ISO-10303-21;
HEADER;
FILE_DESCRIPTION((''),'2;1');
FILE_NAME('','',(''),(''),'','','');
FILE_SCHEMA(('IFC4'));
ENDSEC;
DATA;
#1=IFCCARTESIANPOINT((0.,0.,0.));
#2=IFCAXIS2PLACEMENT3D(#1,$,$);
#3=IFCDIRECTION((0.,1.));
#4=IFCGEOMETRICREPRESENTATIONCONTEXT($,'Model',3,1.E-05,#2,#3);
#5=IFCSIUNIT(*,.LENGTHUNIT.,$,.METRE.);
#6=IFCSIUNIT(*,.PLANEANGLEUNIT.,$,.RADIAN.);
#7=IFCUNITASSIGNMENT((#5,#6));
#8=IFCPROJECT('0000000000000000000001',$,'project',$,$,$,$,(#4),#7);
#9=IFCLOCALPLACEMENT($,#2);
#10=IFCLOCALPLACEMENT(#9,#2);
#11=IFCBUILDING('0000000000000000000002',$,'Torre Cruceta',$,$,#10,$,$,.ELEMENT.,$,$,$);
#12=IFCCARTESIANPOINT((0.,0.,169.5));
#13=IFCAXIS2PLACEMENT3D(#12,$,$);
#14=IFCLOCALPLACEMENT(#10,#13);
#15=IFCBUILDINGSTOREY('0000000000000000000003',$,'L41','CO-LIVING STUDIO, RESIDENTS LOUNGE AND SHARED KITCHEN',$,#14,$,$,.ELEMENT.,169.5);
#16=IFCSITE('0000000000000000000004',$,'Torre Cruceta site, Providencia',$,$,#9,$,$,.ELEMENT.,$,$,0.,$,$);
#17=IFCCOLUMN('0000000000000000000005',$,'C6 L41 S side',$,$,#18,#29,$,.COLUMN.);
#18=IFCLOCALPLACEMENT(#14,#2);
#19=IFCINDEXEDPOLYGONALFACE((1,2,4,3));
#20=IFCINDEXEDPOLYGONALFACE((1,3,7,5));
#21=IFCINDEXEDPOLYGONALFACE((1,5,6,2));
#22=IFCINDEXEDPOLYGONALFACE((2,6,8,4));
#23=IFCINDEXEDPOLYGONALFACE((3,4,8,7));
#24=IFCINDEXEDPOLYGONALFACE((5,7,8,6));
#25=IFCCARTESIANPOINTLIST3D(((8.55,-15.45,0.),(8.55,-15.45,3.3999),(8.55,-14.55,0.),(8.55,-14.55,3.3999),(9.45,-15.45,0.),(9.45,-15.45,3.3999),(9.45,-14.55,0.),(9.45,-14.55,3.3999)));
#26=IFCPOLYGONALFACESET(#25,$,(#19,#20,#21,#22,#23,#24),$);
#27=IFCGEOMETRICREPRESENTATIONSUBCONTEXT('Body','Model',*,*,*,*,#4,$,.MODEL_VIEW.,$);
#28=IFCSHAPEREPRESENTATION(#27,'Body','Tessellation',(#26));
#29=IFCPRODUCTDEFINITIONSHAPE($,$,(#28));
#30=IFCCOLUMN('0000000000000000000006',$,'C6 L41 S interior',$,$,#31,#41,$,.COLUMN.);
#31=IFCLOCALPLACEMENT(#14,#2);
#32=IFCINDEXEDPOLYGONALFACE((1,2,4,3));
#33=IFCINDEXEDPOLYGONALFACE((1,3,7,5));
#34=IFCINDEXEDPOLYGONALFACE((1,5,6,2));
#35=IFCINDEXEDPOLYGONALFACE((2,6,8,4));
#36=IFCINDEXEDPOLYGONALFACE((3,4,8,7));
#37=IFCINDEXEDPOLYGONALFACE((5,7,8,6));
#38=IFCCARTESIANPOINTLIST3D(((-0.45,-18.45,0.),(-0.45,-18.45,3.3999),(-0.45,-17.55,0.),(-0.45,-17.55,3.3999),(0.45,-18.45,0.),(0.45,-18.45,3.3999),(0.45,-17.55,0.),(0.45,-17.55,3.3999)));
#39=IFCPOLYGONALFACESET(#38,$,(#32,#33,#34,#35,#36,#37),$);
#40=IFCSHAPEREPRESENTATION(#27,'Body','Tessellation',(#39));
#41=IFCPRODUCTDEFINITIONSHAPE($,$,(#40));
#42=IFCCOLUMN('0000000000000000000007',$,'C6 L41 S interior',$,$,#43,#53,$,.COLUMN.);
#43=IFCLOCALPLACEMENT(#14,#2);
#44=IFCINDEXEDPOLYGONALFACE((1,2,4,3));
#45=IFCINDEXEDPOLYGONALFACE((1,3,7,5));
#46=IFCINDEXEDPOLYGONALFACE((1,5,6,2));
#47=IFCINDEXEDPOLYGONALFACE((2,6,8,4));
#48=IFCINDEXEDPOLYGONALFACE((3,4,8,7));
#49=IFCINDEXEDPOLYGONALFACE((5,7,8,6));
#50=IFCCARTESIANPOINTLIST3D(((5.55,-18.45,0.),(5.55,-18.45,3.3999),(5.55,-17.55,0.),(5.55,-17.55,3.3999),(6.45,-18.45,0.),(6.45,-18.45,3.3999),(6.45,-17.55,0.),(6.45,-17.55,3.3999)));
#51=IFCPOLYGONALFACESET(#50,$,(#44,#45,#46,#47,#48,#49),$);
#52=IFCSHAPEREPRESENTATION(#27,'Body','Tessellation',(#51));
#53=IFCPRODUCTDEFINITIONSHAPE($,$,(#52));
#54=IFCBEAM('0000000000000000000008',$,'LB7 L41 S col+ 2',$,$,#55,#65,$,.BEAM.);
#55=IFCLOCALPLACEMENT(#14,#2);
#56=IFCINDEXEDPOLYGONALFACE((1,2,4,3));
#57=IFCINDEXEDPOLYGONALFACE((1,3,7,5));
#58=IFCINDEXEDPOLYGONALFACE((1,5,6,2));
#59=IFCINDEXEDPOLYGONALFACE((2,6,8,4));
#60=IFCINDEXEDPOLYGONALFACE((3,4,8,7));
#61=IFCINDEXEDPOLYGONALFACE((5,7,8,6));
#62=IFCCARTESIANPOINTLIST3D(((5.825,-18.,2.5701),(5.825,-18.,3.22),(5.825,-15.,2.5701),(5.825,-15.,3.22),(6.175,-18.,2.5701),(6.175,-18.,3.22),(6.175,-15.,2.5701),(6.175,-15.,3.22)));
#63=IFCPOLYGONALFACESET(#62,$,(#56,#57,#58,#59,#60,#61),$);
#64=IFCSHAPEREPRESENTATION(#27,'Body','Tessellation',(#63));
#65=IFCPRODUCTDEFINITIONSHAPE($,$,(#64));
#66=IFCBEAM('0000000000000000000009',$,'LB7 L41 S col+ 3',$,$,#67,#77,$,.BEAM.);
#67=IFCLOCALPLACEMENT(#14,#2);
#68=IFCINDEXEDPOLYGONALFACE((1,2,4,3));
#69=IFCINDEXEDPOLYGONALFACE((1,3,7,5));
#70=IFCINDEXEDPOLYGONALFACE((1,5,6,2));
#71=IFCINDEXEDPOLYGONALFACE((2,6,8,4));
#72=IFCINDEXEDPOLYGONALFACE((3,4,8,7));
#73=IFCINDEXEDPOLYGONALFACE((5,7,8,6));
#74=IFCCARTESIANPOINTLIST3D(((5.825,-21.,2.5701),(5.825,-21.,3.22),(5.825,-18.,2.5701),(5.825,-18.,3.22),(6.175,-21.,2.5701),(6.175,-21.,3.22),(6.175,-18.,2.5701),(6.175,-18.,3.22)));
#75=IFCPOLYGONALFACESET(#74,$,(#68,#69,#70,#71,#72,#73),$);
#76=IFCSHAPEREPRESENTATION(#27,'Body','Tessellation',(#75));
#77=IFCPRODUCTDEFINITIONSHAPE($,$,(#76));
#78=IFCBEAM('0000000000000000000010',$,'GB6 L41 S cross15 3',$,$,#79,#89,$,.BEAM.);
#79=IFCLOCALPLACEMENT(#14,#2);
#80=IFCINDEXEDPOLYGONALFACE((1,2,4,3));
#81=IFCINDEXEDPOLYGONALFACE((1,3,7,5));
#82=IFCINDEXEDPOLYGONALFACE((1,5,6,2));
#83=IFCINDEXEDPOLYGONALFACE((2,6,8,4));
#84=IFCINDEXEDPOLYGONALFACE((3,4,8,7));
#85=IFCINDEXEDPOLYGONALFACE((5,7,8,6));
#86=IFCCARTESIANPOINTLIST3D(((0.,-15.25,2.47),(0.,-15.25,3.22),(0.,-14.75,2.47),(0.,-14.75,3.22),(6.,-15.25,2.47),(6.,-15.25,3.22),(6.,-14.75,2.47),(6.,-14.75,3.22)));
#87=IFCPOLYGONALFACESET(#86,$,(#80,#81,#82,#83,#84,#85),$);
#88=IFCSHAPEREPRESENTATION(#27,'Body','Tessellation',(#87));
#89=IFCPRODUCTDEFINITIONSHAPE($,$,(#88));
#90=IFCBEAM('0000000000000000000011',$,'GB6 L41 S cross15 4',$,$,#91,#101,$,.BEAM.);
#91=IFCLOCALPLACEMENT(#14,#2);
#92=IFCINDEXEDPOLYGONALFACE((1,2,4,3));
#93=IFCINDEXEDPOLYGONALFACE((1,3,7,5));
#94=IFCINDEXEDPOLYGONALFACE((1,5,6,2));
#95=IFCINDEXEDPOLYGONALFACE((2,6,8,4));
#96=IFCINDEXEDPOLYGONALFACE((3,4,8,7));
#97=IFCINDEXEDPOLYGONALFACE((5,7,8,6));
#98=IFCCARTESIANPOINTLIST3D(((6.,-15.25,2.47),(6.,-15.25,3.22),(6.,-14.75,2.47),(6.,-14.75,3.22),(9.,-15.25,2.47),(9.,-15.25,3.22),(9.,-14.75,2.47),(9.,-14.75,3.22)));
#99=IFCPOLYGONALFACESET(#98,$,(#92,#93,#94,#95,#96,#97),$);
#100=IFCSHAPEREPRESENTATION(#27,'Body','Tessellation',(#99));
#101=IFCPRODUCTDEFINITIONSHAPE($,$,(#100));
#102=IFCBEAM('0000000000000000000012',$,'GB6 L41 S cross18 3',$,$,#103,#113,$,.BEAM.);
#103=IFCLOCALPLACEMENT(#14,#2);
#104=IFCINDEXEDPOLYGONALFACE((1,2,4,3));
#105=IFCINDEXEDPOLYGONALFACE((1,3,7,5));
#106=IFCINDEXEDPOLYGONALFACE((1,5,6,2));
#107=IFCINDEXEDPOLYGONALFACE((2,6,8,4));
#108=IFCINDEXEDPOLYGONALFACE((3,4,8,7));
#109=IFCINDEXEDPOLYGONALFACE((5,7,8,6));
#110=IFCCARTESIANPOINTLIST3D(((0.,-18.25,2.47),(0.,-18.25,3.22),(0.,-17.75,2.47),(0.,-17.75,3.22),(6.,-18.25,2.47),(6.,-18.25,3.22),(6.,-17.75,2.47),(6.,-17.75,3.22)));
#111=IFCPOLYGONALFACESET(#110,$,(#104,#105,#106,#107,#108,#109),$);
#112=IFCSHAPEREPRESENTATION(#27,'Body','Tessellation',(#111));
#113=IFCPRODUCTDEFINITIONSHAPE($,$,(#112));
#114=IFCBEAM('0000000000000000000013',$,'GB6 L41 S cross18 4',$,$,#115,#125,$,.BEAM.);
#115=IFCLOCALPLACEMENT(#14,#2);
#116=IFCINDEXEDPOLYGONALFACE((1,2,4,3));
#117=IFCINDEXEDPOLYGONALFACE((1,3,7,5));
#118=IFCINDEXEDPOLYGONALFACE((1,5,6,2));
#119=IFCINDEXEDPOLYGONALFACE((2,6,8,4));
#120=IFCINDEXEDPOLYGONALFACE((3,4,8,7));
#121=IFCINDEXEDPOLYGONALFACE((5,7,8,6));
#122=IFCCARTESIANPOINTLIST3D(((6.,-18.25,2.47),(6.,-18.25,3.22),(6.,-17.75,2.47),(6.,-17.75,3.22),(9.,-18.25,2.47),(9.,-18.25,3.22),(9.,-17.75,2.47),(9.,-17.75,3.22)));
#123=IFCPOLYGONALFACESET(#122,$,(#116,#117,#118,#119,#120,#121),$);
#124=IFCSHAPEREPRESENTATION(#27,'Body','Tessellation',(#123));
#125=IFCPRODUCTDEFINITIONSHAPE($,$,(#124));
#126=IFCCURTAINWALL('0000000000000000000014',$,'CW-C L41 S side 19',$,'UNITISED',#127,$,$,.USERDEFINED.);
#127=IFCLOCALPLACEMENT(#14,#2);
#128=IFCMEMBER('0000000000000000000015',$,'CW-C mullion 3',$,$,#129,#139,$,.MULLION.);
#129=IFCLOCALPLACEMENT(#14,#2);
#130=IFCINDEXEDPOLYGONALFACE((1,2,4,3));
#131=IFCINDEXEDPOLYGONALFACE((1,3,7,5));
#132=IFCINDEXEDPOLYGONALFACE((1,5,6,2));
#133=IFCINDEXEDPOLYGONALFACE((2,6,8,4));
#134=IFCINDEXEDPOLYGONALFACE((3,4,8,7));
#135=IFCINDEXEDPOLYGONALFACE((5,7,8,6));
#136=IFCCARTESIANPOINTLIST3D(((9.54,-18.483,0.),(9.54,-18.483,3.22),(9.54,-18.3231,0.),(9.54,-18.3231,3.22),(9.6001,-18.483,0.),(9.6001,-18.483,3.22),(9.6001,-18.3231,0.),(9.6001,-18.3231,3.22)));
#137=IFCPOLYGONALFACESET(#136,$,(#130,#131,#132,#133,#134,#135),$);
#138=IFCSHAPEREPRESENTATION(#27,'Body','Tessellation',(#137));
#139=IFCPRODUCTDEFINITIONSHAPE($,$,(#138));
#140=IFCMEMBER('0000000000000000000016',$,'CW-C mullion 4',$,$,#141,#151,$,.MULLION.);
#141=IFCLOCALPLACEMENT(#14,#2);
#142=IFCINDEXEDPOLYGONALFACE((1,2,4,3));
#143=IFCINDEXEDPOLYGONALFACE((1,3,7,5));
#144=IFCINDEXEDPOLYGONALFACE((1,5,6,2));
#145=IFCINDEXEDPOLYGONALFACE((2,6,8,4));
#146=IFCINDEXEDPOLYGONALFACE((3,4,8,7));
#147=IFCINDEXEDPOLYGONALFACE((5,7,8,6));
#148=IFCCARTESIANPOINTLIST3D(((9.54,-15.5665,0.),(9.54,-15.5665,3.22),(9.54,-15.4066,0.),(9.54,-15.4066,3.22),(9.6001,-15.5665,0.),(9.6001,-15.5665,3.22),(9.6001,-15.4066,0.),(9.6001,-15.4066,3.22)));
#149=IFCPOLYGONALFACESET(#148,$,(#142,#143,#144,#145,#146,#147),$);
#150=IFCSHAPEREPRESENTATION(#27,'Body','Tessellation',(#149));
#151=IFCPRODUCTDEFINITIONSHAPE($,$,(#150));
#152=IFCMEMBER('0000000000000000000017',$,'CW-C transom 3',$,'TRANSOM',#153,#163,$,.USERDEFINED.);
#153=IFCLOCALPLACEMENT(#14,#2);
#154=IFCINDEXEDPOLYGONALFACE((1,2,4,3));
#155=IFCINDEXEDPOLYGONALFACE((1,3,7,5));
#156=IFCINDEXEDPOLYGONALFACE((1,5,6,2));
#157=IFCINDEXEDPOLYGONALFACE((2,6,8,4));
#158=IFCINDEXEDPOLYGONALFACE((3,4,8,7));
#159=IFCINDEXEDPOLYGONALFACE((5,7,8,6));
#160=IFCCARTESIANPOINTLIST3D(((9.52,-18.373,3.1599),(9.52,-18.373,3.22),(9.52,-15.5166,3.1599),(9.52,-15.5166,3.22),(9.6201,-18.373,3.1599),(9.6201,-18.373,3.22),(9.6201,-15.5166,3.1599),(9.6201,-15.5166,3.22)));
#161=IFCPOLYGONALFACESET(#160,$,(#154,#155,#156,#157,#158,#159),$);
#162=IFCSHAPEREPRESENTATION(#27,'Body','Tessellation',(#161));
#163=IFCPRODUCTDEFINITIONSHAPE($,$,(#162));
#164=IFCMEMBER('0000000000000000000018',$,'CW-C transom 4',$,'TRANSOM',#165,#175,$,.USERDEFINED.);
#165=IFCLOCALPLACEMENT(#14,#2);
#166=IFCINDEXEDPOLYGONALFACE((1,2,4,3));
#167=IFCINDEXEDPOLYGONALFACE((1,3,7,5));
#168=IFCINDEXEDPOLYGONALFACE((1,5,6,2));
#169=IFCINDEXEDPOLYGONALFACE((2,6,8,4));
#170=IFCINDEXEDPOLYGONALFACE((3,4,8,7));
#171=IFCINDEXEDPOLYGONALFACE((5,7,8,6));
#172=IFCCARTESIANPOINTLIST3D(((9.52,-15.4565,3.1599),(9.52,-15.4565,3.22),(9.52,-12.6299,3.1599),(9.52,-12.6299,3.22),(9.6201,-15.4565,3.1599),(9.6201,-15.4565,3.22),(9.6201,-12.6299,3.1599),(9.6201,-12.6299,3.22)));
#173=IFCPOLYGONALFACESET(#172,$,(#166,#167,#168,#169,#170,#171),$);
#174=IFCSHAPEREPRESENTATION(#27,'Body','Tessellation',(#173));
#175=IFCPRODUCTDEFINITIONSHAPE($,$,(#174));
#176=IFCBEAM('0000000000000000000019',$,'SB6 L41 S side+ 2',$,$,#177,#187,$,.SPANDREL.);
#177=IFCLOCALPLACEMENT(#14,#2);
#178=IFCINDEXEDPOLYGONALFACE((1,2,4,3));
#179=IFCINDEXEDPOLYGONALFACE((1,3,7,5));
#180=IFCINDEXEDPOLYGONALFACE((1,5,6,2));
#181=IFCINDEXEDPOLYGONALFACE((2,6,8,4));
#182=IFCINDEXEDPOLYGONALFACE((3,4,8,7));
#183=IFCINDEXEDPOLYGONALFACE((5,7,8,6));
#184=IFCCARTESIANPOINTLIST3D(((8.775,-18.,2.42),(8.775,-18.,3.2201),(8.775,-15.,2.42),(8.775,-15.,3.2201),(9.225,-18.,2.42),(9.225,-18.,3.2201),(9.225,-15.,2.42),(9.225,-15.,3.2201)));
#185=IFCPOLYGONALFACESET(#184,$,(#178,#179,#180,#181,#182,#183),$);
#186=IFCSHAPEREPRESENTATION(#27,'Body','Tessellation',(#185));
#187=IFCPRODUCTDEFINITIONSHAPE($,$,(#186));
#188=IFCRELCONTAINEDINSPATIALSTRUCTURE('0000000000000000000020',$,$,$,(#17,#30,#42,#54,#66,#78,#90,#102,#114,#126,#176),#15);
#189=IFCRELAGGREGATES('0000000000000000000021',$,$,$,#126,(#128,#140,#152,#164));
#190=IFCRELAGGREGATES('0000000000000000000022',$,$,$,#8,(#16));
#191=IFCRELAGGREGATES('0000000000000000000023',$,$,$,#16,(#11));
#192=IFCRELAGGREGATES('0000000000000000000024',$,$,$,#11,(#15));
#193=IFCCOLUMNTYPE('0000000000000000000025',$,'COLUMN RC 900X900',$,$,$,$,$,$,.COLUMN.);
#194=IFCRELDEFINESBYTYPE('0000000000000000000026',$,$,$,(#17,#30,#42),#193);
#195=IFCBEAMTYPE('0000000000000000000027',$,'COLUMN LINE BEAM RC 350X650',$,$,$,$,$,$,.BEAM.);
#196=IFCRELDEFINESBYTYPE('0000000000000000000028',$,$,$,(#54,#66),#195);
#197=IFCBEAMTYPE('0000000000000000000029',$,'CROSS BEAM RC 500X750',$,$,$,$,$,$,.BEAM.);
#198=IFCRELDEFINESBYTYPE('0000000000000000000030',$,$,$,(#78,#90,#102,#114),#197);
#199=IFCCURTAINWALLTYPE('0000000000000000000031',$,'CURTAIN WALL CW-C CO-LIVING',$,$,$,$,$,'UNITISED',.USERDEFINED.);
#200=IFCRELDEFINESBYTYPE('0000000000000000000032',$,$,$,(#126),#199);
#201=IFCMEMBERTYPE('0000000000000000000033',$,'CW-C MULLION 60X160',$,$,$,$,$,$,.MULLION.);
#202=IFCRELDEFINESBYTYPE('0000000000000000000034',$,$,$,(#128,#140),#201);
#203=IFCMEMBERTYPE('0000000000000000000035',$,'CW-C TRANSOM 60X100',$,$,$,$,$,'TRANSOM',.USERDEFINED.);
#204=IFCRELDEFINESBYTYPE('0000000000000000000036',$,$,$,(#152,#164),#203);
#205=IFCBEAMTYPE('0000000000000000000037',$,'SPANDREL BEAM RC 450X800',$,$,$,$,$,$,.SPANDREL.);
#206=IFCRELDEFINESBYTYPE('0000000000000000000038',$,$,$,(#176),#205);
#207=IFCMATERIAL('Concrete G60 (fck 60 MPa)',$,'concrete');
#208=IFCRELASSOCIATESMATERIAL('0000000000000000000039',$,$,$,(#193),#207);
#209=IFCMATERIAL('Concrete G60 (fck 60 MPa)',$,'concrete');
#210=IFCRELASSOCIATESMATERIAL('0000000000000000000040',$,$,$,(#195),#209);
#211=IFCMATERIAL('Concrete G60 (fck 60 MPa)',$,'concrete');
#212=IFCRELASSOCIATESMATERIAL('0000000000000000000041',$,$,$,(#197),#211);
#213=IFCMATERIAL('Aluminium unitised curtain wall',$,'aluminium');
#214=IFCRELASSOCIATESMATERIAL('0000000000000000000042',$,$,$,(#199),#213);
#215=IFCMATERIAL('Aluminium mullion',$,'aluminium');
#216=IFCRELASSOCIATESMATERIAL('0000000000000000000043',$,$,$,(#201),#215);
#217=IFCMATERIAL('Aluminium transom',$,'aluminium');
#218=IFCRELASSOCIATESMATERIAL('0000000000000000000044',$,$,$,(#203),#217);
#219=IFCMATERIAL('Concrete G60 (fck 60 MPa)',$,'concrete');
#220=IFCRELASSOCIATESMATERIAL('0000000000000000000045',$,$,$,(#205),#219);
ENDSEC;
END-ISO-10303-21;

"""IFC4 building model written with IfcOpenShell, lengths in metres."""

from ifc_helpers import new_model, si_unit, direction, frame, origin, origin_2d, place, context, subcontext, project, spatial, rectangle, extrude, material, material_profile, profile_set, type_object, element, aggregate, save


model = new_model("IFC4")

# Units and contexts
model_context = context("Model", 3, precision=1e-05, world=origin(), true_north=direction((0.0, 1.0)))
body_context = subcontext(model_context, "Body", "Model", "MODEL_VIEW")
ifc_project = project(units=[si_unit("LENGTHUNIT", "METRE"), si_unit("PLANEANGLEUNIT", "RADIAN")], contexts=[model_context])

# Site, building, storey
site_placement = place(None, origin())
site = spatial("IfcSite", under=ifc_project, at=site_placement, Name="Torre Cruceta site, Providencia", CompositionType="ELEMENT", RefElevation=0.0)
building_placement = place(site_placement, origin())
building = spatial("IfcBuilding", under=site, at=building_placement, Name="Torre Cruceta", CompositionType="ELEMENT")
storey_placement = place(building_placement, frame((0.0, 0.0, 169.5)))
storey = spatial("IfcBuildingStorey", under=building, at=storey_placement, Name="L41", Description="CO-LIVING STUDIO, RESIDENTS LOUNGE AND SHARED KITCHEN", CompositionType="ELEMENT", Elevation=169.5)

# Columns
ifc_material_1 = material(Name="Concrete G60 (fck 60 MPa)", Category="concrete")
ifc_material_profile_1 = material_profile(ifc_material_1, rectangle(XDim=0.8999, YDim=0.8999, at=origin_2d()), Name="RC 900X900")
ifc_profile_set_1 = profile_set([ifc_material_profile_1], Name="Concrete G60 (fck 60 MPa)")
column_type = type_object("IfcColumnType", Name="COLUMN RC 900X900", PredefinedType="COLUMN", material=ifc_profile_set_1)
for number, where, z_axis, x_axis, name in (
    (1, (9.0, -15.0, 0.0), (0.0, 0.0, 1.0), (1.0, 0.0, 0.0), "C6 L41 S side"),
    (2, (0.0, -18.0, 0.0), (0.0, 0.0, 1.0), (1.0, 0.0, 0.0), "C6 L41 S interior"),
    (3, (6.0, -18.0, 0.0), (0.0, 0.0, 1.0), (1.0, 0.0, 0.0), "C6 L41 S interior"),
):
    element("IfcColumn", number, at=place(storey_placement, frame(where, z_axis=z_axis, x_axis=x_axis)), inside=storey, type_object=column_type, Name=name, PredefinedType="COLUMN", context=body_context, shape_type="SweptSolid", body=[
        extrude(rectangle(XDim=0.8999, YDim=0.8999, at=origin_2d()), origin(), (0.0, 0.0, 1.0), 3.3999),
    ])

# Beams
ifc_material_2 = material(Name="Concrete G60 (fck 60 MPa)", Category="concrete")
ifc_material_profile_2 = material_profile(ifc_material_2, rectangle(XDim=0.3501, YDim=0.6499, at=origin_2d()), Name="RC 350X650")
ifc_profile_set_2 = profile_set([ifc_material_profile_2], Name="Concrete G60 (fck 60 MPa)")
beam_type_1 = type_object("IfcBeamType", Name="COLUMN LINE BEAM RC 350X650", PredefinedType="BEAM", material=ifc_profile_set_2)
for number, where, z_axis, x_axis, name in (
    (4, (6.0, -15.0, 2.895), (0.0, -1.0, 0.0), (1.0, 0.0, 0.0), "LB7 L41 S col+ 2"),
    (5, (6.0, -18.0, 2.895), (0.0, -1.0, 0.0), (1.0, 0.0, 0.0), "LB7 L41 S col+ 3"),
):
    element("IfcBeam", number, at=place(storey_placement, frame(where, z_axis=z_axis, x_axis=x_axis)), inside=storey, type_object=beam_type_1, Name=name, PredefinedType="BEAM", context=body_context, shape_type="SweptSolid", body=[
        extrude(rectangle(XDim=0.3501, YDim=0.6499, at=origin_2d()), origin(), (0.0, 0.0, 1.0), 3.0),
    ])
ifc_material_3 = material(Name="Concrete G60 (fck 60 MPa)", Category="concrete")
ifc_material_profile_3 = material_profile(ifc_material_3, rectangle(XDim=0.5, YDim=0.75, at=origin_2d()), Name="RC 500X750")
ifc_profile_set_3 = profile_set([ifc_material_profile_3], Name="Concrete G60 (fck 60 MPa)")
beam_type_2 = type_object("IfcBeamType", Name="CROSS BEAM RC 500X750", PredefinedType="BEAM", material=ifc_profile_set_3)
beam_1_placement = place(storey_placement, frame((0.0, -15.0, 2.845), z_axis=(1.0, 0.0, 0.0), x_axis=(0.0, 1.0, 0.0)))
element("IfcBeam", 6, at=beam_1_placement, inside=storey, type_object=beam_type_2, Name="GB6 L41 S cross15 3", PredefinedType="BEAM", context=body_context, shape_type="SweptSolid", body=[
    extrude(rectangle(XDim=0.5, YDim=0.75, at=origin_2d()), origin(), (0.0, 0.0, 1.0), 6.0),
])
beam_2_placement = place(storey_placement, frame((6.0, -15.0, 2.845), z_axis=(1.0, 0.0, 0.0), x_axis=(0.0, 1.0, 0.0)))
element("IfcBeam", 7, at=beam_2_placement, inside=storey, type_object=beam_type_2, Name="GB6 L41 S cross15 4", PredefinedType="BEAM", context=body_context, shape_type="SweptSolid", body=[
    extrude(rectangle(XDim=0.5, YDim=0.75, at=origin_2d()), origin(), (0.0, 0.0, 1.0), 3.0),
])
beam_3_placement = place(storey_placement, frame((0.0, -18.0, 2.845), z_axis=(1.0, 0.0, 0.0), x_axis=(0.0, 1.0, 0.0)))
element("IfcBeam", 8, at=beam_3_placement, inside=storey, type_object=beam_type_2, Name="GB6 L41 S cross18 3", PredefinedType="BEAM", context=body_context, shape_type="SweptSolid", body=[
    extrude(rectangle(XDim=0.5, YDim=0.75, at=origin_2d()), origin(), (0.0, 0.0, 1.0), 6.0),
])
beam_4_placement = place(storey_placement, frame((6.0, -18.0, 2.845), z_axis=(1.0, 0.0, 0.0), x_axis=(0.0, 1.0, 0.0)))
element("IfcBeam", 9, at=beam_4_placement, inside=storey, type_object=beam_type_2, Name="GB6 L41 S cross18 4", PredefinedType="BEAM", context=body_context, shape_type="SweptSolid", body=[
    extrude(rectangle(XDim=0.5, YDim=0.75, at=origin_2d()), origin(), (0.0, 0.0, 1.0), 3.0),
])

# Curtain wall, members
ifc_material_4 = material(Name="Aluminium unitised curtain wall", Category="aluminium")
curtain_wall_type = type_object("IfcCurtainWallType", Name="CURTAIN WALL CW-C CO-LIVING", ElementType="UNITISED", PredefinedType="USERDEFINED", material=ifc_material_4)
curtain_wall_placement = place(storey_placement, origin())
curtain_wall = element("IfcCurtainWall", 10, at=curtain_wall_placement, inside=storey, type_object=curtain_wall_type, Name="CW-C L41 S side 19", ObjectType="UNITISED", PredefinedType="USERDEFINED")
ifc_material_5 = material(Name="Aluminium mullion", Category="aluminium")
ifc_material_profile_4 = material_profile(ifc_material_5, rectangle(XDim=0.0601, YDim=0.1599, at=origin_2d()), Name="AL 60X160")
ifc_profile_set_4 = profile_set([ifc_material_profile_4], Name="Aluminium mullion")
member_type_1 = type_object("IfcMemberType", Name="CW-C MULLION 60X160", PredefinedType="MULLION", material=ifc_profile_set_4)
member_1_placement = place(storey_placement, frame((9.5701, -18.4031, 0.0), z_axis=(0.0, 0.0, 1.0), x_axis=(-1.0, 0.0, 0.0)))
member_1 = element("IfcMember", 11, at=member_1_placement, type_object=member_type_1, Name="CW-C mullion 3", PredefinedType="MULLION", context=body_context, shape_type="SweptSolid", body=[
    extrude(rectangle(XDim=0.0601, YDim=0.1599, at=origin_2d()), origin(), (0.0, 0.0, 1.0), 3.22),
])
member_2_placement = place(storey_placement, frame((9.5701, -15.4866, 0.0), z_axis=(0.0, 0.0, 1.0), x_axis=(-1.0, 0.0, 0.0)))
member_2 = element("IfcMember", 12, at=member_2_placement, type_object=member_type_1, Name="CW-C mullion 4", PredefinedType="MULLION", context=body_context, shape_type="SweptSolid", body=[
    extrude(rectangle(XDim=0.0601, YDim=0.1599, at=origin_2d()), origin(), (0.0, 0.0, 1.0), 3.22),
])
ifc_material_6 = material(Name="Aluminium transom", Category="aluminium")
ifc_material_profile_5 = material_profile(ifc_material_6, rectangle(XDim=0.1001, YDim=0.0601, at=origin_2d()), Name="AL 100X60")
ifc_profile_set_5 = profile_set([ifc_material_profile_5], Name="Aluminium transom")
member_type_2 = type_object("IfcMemberType", Name="CW-C TRANSOM 60X100", ElementType="TRANSOM", PredefinedType="USERDEFINED", material=ifc_profile_set_5)
member_3_placement = place(storey_placement, frame((9.5701, -18.373, 3.1899), z_axis=(0.0, 1.0, 0.0), x_axis=(-1.0, 0.0, 0.0)))
member_3 = element("IfcMember", 13, at=member_3_placement, type_object=member_type_2, Name="CW-C transom 3", ObjectType="TRANSOM", PredefinedType="USERDEFINED", context=body_context, shape_type="SweptSolid", body=[
    extrude(rectangle(XDim=0.1001, YDim=0.0601, at=origin_2d()), origin(), (0.0, 0.0, 1.0), 2.8564),
])
member_4_placement = place(storey_placement, frame((9.5701, -15.4565, 3.1899), z_axis=(0.0, 1.0, 0.0), x_axis=(-1.0, 0.0, 0.0)))
member_4 = element("IfcMember", 14, at=member_4_placement, type_object=member_type_2, Name="CW-C transom 4", ObjectType="TRANSOM", PredefinedType="USERDEFINED", context=body_context, shape_type="SweptSolid", body=[
    extrude(rectangle(XDim=0.1001, YDim=0.0601, at=origin_2d()), origin(), (0.0, 0.0, 1.0), 2.8267),
])

# Beam
ifc_material_7 = material(Name="Concrete G60 (fck 60 MPa)", Category="concrete")
ifc_material_profile_6 = material_profile(ifc_material_7, rectangle(XDim=0.45, YDim=0.8, at=origin_2d()), Name="RC 450X800")
ifc_profile_set_6 = profile_set([ifc_material_profile_6], Name="Concrete G60 (fck 60 MPa)")
beam_type_3 = type_object("IfcBeamType", Name="SPANDREL BEAM RC 450X800", PredefinedType="SPANDREL", material=ifc_profile_set_6)
for number, where, z_axis, x_axis, name in (
    (15, (9.0, -15.0, 2.8201), (0.0, -1.0, 0.0), (1.0, 0.0, 0.0), "SB6 L41 S side+ 2"),
):
    element("IfcBeam", number, at=place(storey_placement, frame(where, z_axis=z_axis, x_axis=x_axis)), inside=storey, type_object=beam_type_3, Name=name, PredefinedType="SPANDREL", context=body_context, shape_type="SweptSolid", body=[
        extrude(rectangle(XDim=0.45, YDim=0.8, at=origin_2d()), origin(), (0.0, 0.0, 1.0), 3.0),
    ])

aggregate(curtain_wall, [member_1, member_2, member_3, member_4])

save(model, "model.ifc")
